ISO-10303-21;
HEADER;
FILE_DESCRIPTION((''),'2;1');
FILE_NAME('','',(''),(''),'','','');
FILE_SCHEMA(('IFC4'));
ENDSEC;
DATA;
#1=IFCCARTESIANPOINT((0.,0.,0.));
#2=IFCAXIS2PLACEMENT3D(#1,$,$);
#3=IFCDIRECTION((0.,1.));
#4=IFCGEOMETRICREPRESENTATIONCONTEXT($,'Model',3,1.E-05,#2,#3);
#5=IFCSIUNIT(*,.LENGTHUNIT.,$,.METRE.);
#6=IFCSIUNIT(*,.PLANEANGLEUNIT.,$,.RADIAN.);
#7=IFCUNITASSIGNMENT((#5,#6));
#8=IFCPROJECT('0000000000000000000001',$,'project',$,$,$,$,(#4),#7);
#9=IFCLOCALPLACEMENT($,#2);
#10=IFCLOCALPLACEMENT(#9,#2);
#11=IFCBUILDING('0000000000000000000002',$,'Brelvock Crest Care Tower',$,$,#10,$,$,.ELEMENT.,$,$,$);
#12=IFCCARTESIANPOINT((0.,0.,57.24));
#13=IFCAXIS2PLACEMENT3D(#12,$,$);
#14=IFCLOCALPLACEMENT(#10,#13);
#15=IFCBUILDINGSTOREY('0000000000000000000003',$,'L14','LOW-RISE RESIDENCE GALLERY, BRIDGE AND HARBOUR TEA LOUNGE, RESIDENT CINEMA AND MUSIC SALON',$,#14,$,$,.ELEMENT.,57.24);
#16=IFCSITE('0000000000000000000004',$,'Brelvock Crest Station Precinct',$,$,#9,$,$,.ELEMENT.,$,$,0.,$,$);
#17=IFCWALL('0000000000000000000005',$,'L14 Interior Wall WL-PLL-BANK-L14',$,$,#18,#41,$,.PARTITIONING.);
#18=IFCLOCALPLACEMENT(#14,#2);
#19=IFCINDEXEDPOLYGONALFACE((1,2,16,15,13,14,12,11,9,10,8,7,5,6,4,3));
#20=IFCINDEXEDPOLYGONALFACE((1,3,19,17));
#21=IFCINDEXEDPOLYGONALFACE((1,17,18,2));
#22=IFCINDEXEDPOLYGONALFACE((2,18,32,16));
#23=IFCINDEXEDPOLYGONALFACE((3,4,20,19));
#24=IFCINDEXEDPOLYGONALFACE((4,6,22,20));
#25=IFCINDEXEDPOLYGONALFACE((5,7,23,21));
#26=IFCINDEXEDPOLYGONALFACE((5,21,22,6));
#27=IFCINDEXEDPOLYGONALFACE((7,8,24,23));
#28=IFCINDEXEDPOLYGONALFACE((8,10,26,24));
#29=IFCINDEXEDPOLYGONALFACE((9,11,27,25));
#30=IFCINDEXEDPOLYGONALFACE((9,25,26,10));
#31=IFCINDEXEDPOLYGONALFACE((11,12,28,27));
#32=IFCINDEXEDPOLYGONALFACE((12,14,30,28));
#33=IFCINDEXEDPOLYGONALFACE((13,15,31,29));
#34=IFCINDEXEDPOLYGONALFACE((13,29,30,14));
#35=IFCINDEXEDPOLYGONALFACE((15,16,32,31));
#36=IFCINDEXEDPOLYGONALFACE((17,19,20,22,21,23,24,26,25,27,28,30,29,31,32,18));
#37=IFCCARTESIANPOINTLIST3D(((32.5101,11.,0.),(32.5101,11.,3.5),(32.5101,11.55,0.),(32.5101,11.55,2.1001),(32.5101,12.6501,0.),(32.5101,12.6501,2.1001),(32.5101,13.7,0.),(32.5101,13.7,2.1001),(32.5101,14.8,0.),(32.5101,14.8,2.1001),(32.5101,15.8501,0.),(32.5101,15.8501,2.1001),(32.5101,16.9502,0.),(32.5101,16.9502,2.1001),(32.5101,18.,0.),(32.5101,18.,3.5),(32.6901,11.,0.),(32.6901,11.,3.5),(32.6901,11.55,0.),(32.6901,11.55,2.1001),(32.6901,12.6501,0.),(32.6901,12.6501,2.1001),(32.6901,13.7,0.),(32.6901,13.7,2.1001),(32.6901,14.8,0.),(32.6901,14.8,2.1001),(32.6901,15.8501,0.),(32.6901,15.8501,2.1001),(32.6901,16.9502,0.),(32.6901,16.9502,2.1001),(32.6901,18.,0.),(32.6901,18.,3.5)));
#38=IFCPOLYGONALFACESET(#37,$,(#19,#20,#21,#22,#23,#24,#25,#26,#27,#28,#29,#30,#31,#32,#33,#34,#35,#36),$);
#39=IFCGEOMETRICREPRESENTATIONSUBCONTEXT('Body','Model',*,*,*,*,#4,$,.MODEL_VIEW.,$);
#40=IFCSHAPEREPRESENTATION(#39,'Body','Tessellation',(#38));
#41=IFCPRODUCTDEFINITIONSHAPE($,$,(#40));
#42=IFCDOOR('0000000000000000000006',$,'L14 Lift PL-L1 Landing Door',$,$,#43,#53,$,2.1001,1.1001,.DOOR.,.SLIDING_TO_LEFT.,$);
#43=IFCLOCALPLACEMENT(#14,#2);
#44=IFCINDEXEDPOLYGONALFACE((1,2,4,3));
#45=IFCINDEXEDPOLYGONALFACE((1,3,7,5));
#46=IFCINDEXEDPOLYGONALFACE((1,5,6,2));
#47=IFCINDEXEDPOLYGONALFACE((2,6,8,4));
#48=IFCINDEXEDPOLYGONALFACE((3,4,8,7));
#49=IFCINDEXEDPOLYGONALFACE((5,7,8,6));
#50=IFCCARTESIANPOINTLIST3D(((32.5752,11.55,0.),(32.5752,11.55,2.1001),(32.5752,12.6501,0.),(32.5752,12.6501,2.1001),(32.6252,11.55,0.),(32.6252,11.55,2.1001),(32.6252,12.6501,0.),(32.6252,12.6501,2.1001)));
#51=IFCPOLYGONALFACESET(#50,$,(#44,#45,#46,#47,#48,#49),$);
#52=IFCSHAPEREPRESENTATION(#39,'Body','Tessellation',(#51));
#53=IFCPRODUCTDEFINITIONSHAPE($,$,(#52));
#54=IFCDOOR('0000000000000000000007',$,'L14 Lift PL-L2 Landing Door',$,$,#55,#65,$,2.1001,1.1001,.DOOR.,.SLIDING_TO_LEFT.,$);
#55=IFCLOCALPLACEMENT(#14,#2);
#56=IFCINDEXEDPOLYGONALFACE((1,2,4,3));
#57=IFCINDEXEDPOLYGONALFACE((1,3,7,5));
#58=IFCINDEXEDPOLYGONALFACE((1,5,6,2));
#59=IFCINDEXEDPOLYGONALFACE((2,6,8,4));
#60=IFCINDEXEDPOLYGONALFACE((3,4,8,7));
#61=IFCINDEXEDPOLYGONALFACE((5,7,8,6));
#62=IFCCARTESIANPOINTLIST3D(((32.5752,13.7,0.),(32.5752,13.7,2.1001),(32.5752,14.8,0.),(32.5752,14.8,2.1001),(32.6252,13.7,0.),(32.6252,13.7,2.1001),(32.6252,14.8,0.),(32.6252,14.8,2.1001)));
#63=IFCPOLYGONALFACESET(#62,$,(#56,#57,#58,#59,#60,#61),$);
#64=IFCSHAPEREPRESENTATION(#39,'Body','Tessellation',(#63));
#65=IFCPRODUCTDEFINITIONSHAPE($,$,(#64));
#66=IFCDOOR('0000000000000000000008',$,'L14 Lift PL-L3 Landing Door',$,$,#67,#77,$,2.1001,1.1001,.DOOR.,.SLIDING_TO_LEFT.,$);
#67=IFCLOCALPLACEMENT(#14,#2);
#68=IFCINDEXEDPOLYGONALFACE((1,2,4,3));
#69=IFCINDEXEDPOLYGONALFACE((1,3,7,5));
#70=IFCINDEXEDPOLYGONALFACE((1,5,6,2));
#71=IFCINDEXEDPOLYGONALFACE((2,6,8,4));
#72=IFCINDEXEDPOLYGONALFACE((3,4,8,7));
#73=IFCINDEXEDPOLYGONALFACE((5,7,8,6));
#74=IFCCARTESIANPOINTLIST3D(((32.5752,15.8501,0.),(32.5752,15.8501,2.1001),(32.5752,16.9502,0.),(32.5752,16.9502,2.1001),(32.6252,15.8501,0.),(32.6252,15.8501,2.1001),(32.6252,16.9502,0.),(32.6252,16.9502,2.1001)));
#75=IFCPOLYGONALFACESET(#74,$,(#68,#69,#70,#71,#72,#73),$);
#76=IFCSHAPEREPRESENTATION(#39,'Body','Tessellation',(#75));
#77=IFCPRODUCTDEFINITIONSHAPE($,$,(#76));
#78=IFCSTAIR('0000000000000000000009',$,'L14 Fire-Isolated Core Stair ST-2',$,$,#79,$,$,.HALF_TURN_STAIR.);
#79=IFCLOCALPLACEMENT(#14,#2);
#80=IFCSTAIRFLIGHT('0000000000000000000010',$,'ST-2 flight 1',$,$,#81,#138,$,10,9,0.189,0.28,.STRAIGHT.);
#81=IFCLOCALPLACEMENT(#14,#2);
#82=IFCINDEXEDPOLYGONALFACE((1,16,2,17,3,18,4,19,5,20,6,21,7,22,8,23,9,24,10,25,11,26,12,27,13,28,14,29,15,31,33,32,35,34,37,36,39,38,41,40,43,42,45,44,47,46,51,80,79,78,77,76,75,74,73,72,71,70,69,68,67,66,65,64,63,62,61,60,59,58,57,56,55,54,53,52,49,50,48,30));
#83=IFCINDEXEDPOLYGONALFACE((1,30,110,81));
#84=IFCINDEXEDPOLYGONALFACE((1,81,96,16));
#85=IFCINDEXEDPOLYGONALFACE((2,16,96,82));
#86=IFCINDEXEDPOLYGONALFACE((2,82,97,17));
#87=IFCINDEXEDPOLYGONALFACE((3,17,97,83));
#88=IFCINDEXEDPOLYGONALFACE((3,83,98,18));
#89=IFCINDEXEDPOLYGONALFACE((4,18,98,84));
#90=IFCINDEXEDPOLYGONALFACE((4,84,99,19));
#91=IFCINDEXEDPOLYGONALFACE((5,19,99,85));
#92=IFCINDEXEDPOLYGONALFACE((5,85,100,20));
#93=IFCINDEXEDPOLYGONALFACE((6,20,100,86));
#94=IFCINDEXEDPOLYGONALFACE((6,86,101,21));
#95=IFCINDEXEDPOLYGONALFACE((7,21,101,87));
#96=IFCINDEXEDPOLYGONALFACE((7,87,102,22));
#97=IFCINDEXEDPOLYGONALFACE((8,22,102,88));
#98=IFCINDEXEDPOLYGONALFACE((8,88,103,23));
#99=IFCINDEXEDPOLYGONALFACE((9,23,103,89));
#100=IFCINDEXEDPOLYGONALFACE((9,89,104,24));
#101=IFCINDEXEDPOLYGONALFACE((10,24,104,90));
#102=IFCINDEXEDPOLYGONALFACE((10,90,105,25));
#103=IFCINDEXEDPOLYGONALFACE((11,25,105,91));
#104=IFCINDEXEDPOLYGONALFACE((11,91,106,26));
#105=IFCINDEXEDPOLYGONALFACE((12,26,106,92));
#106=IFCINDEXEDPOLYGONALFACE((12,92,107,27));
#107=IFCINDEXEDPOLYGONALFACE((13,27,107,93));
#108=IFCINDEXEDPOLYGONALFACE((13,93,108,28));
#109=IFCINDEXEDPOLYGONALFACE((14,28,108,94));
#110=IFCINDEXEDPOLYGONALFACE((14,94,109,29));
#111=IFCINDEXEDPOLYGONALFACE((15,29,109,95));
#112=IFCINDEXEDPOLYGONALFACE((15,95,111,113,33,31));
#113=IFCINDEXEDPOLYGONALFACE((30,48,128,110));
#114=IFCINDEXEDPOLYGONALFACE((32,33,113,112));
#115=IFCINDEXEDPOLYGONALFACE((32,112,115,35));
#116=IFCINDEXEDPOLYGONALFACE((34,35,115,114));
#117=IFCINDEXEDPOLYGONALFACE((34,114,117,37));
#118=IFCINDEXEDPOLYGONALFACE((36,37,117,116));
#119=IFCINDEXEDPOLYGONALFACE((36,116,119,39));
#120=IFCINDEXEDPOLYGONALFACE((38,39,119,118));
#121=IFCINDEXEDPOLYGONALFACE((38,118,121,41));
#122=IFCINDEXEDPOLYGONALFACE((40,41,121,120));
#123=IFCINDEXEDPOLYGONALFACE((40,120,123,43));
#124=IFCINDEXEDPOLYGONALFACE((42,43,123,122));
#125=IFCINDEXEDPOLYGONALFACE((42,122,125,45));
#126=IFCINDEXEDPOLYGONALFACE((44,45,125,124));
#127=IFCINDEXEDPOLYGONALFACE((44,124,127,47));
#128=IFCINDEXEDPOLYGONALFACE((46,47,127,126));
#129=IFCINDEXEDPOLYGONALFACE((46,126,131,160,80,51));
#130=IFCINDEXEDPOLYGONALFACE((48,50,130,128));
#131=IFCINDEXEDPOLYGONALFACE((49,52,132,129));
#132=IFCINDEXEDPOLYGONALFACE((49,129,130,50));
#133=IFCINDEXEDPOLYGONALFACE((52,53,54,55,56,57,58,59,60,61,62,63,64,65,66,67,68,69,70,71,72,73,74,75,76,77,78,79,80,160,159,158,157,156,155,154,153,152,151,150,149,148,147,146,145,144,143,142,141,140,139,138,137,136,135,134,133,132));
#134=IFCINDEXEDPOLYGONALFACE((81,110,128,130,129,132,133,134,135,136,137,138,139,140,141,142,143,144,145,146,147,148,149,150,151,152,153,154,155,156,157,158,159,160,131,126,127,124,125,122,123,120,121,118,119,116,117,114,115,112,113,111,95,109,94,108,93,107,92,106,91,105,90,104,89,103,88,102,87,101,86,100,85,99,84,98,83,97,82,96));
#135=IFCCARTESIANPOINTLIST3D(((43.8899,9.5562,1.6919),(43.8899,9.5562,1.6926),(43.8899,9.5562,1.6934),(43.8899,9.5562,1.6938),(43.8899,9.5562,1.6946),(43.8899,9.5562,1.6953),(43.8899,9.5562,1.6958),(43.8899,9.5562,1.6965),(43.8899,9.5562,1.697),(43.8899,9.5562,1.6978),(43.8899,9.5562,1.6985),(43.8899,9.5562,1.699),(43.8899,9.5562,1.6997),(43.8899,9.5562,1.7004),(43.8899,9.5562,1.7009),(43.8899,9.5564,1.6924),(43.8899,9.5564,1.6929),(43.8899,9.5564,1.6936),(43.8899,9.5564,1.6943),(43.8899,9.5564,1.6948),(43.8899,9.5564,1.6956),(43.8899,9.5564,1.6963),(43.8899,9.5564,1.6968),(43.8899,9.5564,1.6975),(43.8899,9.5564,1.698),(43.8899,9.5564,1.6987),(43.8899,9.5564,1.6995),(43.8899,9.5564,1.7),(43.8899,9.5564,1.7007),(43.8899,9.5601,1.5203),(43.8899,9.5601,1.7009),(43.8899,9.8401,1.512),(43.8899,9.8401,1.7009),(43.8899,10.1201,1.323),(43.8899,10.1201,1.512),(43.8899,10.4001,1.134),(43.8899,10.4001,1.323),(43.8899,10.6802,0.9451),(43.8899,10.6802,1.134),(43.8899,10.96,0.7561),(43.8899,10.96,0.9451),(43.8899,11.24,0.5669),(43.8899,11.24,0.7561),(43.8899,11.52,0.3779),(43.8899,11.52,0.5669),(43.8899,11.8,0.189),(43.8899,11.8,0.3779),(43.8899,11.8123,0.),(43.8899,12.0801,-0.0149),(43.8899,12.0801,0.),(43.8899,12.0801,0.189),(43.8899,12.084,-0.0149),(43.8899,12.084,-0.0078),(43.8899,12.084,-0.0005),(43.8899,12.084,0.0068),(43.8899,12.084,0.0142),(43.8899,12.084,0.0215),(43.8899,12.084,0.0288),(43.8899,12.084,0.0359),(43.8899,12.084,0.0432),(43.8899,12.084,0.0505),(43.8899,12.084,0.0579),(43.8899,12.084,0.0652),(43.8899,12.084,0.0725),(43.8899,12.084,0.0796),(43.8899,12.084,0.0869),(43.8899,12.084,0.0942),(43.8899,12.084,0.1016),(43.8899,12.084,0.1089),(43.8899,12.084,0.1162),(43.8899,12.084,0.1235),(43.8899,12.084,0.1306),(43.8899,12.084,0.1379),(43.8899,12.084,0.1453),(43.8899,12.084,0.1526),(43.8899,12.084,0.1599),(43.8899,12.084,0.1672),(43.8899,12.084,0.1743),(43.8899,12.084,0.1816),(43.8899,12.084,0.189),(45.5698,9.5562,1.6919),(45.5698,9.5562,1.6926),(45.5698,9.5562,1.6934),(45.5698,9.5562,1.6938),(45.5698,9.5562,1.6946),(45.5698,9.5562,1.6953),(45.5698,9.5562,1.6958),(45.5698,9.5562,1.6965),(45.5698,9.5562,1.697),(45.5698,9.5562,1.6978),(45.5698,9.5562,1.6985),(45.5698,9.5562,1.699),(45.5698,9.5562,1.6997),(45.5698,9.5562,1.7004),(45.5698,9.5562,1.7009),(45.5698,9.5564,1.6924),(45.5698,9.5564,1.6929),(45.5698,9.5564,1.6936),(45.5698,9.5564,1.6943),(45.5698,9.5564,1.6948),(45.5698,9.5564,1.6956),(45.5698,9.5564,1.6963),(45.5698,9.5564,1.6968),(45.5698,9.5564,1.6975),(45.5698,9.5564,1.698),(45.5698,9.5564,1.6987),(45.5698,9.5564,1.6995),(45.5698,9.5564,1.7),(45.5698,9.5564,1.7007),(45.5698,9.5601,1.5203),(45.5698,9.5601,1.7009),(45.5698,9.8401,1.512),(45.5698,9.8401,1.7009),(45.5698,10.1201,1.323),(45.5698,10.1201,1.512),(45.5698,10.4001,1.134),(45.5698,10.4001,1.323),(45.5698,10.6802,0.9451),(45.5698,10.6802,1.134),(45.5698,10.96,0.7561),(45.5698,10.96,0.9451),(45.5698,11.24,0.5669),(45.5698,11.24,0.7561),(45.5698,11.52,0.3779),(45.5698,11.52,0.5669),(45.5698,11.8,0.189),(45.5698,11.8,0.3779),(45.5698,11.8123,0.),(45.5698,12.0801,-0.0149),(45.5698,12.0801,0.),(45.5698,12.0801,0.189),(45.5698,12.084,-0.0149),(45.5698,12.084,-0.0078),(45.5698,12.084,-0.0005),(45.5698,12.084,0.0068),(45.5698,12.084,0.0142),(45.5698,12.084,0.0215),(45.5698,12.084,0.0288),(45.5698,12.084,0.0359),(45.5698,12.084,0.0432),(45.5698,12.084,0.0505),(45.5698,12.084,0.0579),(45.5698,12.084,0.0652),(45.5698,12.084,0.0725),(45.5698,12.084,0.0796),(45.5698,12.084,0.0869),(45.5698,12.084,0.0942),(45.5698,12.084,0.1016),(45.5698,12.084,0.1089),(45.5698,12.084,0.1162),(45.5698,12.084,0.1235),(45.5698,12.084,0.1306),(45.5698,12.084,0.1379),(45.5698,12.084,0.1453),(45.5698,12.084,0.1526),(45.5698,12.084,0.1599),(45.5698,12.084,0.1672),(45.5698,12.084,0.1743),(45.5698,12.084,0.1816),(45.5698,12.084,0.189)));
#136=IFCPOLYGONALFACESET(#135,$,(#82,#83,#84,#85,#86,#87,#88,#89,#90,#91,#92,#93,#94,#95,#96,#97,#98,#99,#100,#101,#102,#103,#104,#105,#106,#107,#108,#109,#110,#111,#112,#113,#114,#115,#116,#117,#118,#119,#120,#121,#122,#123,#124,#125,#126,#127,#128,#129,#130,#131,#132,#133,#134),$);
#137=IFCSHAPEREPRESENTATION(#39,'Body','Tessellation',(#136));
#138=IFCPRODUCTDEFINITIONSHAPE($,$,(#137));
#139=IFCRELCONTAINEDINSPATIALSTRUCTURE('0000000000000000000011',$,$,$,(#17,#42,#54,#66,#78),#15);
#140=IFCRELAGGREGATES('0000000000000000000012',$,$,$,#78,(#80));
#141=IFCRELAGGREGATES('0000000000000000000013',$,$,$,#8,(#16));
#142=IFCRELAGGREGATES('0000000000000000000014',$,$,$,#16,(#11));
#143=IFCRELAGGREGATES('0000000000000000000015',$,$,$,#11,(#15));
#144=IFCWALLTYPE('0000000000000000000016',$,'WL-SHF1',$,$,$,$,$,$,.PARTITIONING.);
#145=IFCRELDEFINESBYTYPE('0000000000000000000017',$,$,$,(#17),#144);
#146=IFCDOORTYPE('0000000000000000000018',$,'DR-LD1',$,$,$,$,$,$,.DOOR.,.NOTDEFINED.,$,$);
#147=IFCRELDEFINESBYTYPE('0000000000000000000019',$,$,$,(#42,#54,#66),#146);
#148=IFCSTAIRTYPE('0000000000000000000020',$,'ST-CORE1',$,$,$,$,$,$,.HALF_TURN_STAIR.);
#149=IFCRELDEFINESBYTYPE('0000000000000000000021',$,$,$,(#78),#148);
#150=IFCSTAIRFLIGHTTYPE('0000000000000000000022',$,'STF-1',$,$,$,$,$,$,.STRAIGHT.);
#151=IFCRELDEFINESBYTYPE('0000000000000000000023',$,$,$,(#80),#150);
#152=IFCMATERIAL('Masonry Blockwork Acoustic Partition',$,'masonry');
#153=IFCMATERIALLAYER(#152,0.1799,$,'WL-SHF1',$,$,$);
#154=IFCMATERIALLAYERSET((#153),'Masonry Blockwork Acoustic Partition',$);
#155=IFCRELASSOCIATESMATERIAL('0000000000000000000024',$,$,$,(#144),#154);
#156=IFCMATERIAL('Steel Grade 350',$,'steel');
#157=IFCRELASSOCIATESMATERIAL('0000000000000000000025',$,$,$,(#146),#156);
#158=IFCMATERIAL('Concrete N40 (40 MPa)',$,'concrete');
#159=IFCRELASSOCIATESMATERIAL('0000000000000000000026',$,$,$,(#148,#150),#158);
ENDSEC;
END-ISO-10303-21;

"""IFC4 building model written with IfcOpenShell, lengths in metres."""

from ifc_helpers import new_model, si_unit, direction, frame, frame_2d, origin, origin_2d, place, context, subcontext, project, spatial, polyline, rectangle, outline, extrude, source, transform, mapped, material, layer, layer_set, type_object, element, fill, aggregate, save


model = new_model("IFC4")

# Units and contexts
model_context = context("Model", 3, precision=1e-05, world=origin(), true_north=direction((0.0, 1.0)))
body_context = subcontext(model_context, "Body", "Model", "MODEL_VIEW")
ifc_project = project(units=[si_unit("LENGTHUNIT", "METRE"), si_unit("PLANEANGLEUNIT", "RADIAN")], contexts=[model_context])

# Site, building, storey
site_placement = place(None, origin())
site = spatial("IfcSite", under=ifc_project, at=site_placement, Name="Brelvock Crest Station Precinct", CompositionType="ELEMENT", RefElevation=0.0)
building_placement = place(site_placement, origin())
building = spatial("IfcBuilding", under=site, at=building_placement, Name="Brelvock Crest Care Tower", CompositionType="ELEMENT")
storey_placement = place(building_placement, frame((0.0, 0.0, 57.24)))
storey = spatial("IfcBuildingStorey", under=building, at=storey_placement, Name="L14", Description="LOW-RISE RESIDENCE GALLERY, BRIDGE AND HARBOUR TEA LOUNGE, RESIDENT CINEMA AND MUSIC SALON", CompositionType="ELEMENT", Elevation=57.24)

# Shared definitions
ifc_material_1 = material(Name="Masonry Blockwork Acoustic Partition", Category="masonry")
ifc_layer_1 = layer(ifc_material_1, 0.1799, Name="WL-SHF1")
ifc_layer_set_1 = layer_set([ifc_layer_1], Name="Masonry Blockwork Acoustic Partition")
wall_type = type_object("IfcWallType", Name="WL-SHF1", PredefinedType="PARTITIONING", material=ifc_layer_set_1)

# Wall, openings, doors
wall_1_placement = place(storey_placement, frame((32.6001, 11.0, 0.0), z_axis=(0.0, 0.0, 1.0), x_axis=(0.0, 1.0, 0.0)))
wall_1 = element("IfcWall", 1, at=wall_1_placement, inside=storey, type_object=wall_type, Name="L14 Interior Wall WL-PLL-BANK-L14", PredefinedType="PARTITIONING", context=body_context, shape_type="SweptSolid", body=[
    extrude(rectangle(XDim=7.0, YDim=0.1799, at=frame_2d((3.5, 0.0))), origin(), (0.0, 0.0, 1.0), 3.5),
])
opening_1_placement = place(wall_1_placement, frame((0.55, 0.0, 0.0)))
opening_1 = element("IfcOpeningElement", 2, at=opening_1_placement, cuts=wall_1, PredefinedType="OPENING", context=body_context, shape_type="SweptSolid", body=[
    extrude(rectangle(XDim=1.1001, YDim=2.1001, at=origin_2d()), frame((0.55, 0.1001, 1.05), z_axis=(0.0, -1.0, 0.0), x_axis=(1.0, 0.0, 0.0)), (0.0, 0.0, 1.0), 0.2),
])
opening_2_placement = place(wall_1_placement, frame((2.7, 0.0, 0.0)))
opening_2 = element("IfcOpeningElement", 3, at=opening_2_placement, cuts=wall_1, PredefinedType="OPENING", context=body_context, shape_type="SweptSolid", body=[
    extrude(rectangle(XDim=1.1001, YDim=2.1001, at=origin_2d()), frame((0.55, 0.1001, 1.05), z_axis=(0.0, -1.0, 0.0), x_axis=(1.0, 0.0, 0.0)), (0.0, 0.0, 1.0), 0.2),
])
opening_3_placement = place(wall_1_placement, frame((4.8501, 0.0, 0.0)))
opening_3 = element("IfcOpeningElement", 4, at=opening_3_placement, cuts=wall_1, PredefinedType="OPENING", context=body_context, shape_type="SweptSolid", body=[
    extrude(rectangle(XDim=1.1001, YDim=2.1001, at=origin_2d()), frame((0.55, 0.1001, 1.05), z_axis=(0.0, -1.0, 0.0), x_axis=(1.0, 0.0, 0.0)), (0.0, 0.0, 1.0), 0.2),
])
ifc_material_2 = material(Name="Steel Grade 350", Category="steel")
door_type_1 = type_object("IfcDoorType", Name="DR-LD1", OperationType="NOTDEFINED", PredefinedType="DOOR", material=ifc_material_2)
shared_shape_1 = source(origin(), body_context, "Body", "SweptSolid", [
    extrude(rectangle(XDim=1.1001, YDim=2.1001, at=origin_2d()), frame((0.55, 0.0249, 1.05), z_axis=(0.0, -1.0, 0.0), x_axis=(1.0, 0.0, 0.0)), (0.0, 0.0, 1.0), 0.05),
])
door_1_placement = place(opening_1_placement, origin())
door_1 = element("IfcDoor", 5, at=door_1_placement, inside=storey, type_object=door_type_1, Name="L14 Lift PL-L1 Landing Door", OperationType="SLIDING_TO_LEFT", OverallHeight=2.1001, OverallWidth=1.1001, PredefinedType="DOOR", context=body_context, shape_type="MappedRepresentation", body=[
    mapped(shared_shape_1, transform((0.0, 0.0, 0.0), x_axis=(1.0, 0.0, 0.0), y_axis=(0.0, 1.0, 0.0), z_axis=(0.0, 0.0, 1.0), scale=1.0)),
])
fill(opening_1, door_1)
door_2_placement = place(opening_2_placement, origin())
door_2 = element("IfcDoor", 6, at=door_2_placement, inside=storey, type_object=door_type_1, Name="L14 Lift PL-L2 Landing Door", OperationType="SLIDING_TO_LEFT", OverallHeight=2.1001, OverallWidth=1.1001, PredefinedType="DOOR", context=body_context, shape_type="MappedRepresentation", body=[
    mapped(shared_shape_1, transform((0.0, 0.0, 0.0), x_axis=(1.0, 0.0, 0.0), y_axis=(0.0, 1.0, 0.0), z_axis=(0.0, 0.0, 1.0), scale=1.0)),
])
fill(opening_2, door_2)
door_3_placement = place(opening_3_placement, origin())
door_3 = element("IfcDoor", 7, at=door_3_placement, inside=storey, type_object=door_type_1, Name="L14 Lift PL-L3 Landing Door", OperationType="SLIDING_TO_LEFT", OverallHeight=2.1001, OverallWidth=1.1001, PredefinedType="DOOR", context=body_context, shape_type="MappedRepresentation", body=[
    mapped(shared_shape_1, transform((0.0, 0.0, 0.0), x_axis=(1.0, 0.0, 0.0), y_axis=(0.0, 1.0, 0.0), z_axis=(0.0, 0.0, 1.0), scale=1.0)),
])
fill(opening_3, door_3)

# Stair, stair flight
ifc_material_3 = material(Name="Concrete N40 (40 MPa)", Category="concrete")
stair_type = type_object("IfcStairType", Name="ST-CORE1", PredefinedType="HALF_TURN_STAIR", material=ifc_material_3)
stair_placement = place(storey_placement, origin())
stair = element("IfcStair", 8, at=stair_placement, inside=storey, type_object=stair_type, Name="L14 Fire-Isolated Core Stair ST-2", PredefinedType="HALF_TURN_STAIR")
stair_flight_type = type_object("IfcStairFlightType", Name="STF-1", PredefinedType="STRAIGHT", material=ifc_material_3)
stair_flight_placement = place(storey_placement, frame((44.73, 12.0801, 0.0), z_axis=(0.0, 0.0, 1.0), x_axis=(0.0, -1.0, 0.0)))
stair_flight = element("IfcStairFlight", 9, at=stair_flight_placement, type_object=stair_flight_type, Name="ST-2 flight 1", NumberOfRisers=10, NumberOfTreads=9, PredefinedType="STRAIGHT", RiserHeight=0.189, TreadLength=0.28, context=body_context, shape_type="SweptSolid", body=[
    extrude(outline(polyline([(-0.0039, -0.0149), (-0.0039, -0.0078), (-0.0039, -0.0005), (-0.0039, 0.0068), (-0.0039, 0.0142), (-0.0039, 0.0215), (-0.0039, 0.0288), (-0.0039, 0.0359), (-0.0039, 0.0432), (-0.0039, 0.0505), (-0.0039, 0.0579), (-0.0039, 0.0652), (-0.0039, 0.0725), (-0.0039, 0.0796), (-0.0039, 0.0869), (-0.0039, 0.0942), (-0.0039, 0.1016), (-0.0039, 0.1089), (-0.0039, 0.1162), (-0.0039, 0.1235), (-0.0039, 0.1306), (-0.0039, 0.1379), (-0.0039, 0.1453), (-0.0039, 0.1526), (-0.0039, 0.1599), (-0.0039, 0.1672), (-0.0039, 0.1743), (-0.0039, 0.1816), (-0.0039, 0.189), (0.0, 0.189), (0.28, 0.189), (0.28, 0.3779), (0.5601, 0.3779), (0.5601, 0.5669), (0.8401, 0.5669), (0.8401, 0.7561), (1.1201, 0.7561), (1.1201, 0.9451), (1.3999, 0.9451), (1.3999, 1.134), (1.6799, 1.134), (1.6799, 1.323), (1.96, 1.323), (1.96, 1.512), (2.24, 1.512), (2.24, 1.7009), (2.52, 1.7009), (2.5239, 1.7009), (2.5237, 1.7007), (2.5239, 1.7004), (2.5237, 1.7), (2.5239, 1.6997), (2.5237, 1.6995), (2.5239, 1.699), (2.5237, 1.6987), (2.5239, 1.6985), (2.5237, 1.698), (2.5239, 1.6978), (2.5237, 1.6975), (2.5239, 1.697), (2.5237, 1.6968), (2.5239, 1.6965), (2.5237, 1.6963), (2.5239, 1.6958), (2.5237, 1.6956), (2.5239, 1.6953), (2.5237, 1.6948), (2.5239, 1.6946), (2.5237, 1.6943), (2.5239, 1.6938), (2.5237, 1.6936), (2.5239, 1.6934), (2.5237, 1.6929), (2.5239, 1.6926), (2.5237, 1.6924), (2.5239, 1.6919), (2.52, 1.5203), (0.2678, 0.0), (0.0, 0.0), (0.0, -0.0149), (-0.0039, -0.0149)])), frame((0.0, 0.8398, 0.0), z_axis=(0.0, -1.0, 0.0), x_axis=(1.0, 0.0, 0.0)), (0.0, 0.0, 1.0), 1.6799),
])
aggregate(stair, [stair_flight])

save(model, "model.ifc")
